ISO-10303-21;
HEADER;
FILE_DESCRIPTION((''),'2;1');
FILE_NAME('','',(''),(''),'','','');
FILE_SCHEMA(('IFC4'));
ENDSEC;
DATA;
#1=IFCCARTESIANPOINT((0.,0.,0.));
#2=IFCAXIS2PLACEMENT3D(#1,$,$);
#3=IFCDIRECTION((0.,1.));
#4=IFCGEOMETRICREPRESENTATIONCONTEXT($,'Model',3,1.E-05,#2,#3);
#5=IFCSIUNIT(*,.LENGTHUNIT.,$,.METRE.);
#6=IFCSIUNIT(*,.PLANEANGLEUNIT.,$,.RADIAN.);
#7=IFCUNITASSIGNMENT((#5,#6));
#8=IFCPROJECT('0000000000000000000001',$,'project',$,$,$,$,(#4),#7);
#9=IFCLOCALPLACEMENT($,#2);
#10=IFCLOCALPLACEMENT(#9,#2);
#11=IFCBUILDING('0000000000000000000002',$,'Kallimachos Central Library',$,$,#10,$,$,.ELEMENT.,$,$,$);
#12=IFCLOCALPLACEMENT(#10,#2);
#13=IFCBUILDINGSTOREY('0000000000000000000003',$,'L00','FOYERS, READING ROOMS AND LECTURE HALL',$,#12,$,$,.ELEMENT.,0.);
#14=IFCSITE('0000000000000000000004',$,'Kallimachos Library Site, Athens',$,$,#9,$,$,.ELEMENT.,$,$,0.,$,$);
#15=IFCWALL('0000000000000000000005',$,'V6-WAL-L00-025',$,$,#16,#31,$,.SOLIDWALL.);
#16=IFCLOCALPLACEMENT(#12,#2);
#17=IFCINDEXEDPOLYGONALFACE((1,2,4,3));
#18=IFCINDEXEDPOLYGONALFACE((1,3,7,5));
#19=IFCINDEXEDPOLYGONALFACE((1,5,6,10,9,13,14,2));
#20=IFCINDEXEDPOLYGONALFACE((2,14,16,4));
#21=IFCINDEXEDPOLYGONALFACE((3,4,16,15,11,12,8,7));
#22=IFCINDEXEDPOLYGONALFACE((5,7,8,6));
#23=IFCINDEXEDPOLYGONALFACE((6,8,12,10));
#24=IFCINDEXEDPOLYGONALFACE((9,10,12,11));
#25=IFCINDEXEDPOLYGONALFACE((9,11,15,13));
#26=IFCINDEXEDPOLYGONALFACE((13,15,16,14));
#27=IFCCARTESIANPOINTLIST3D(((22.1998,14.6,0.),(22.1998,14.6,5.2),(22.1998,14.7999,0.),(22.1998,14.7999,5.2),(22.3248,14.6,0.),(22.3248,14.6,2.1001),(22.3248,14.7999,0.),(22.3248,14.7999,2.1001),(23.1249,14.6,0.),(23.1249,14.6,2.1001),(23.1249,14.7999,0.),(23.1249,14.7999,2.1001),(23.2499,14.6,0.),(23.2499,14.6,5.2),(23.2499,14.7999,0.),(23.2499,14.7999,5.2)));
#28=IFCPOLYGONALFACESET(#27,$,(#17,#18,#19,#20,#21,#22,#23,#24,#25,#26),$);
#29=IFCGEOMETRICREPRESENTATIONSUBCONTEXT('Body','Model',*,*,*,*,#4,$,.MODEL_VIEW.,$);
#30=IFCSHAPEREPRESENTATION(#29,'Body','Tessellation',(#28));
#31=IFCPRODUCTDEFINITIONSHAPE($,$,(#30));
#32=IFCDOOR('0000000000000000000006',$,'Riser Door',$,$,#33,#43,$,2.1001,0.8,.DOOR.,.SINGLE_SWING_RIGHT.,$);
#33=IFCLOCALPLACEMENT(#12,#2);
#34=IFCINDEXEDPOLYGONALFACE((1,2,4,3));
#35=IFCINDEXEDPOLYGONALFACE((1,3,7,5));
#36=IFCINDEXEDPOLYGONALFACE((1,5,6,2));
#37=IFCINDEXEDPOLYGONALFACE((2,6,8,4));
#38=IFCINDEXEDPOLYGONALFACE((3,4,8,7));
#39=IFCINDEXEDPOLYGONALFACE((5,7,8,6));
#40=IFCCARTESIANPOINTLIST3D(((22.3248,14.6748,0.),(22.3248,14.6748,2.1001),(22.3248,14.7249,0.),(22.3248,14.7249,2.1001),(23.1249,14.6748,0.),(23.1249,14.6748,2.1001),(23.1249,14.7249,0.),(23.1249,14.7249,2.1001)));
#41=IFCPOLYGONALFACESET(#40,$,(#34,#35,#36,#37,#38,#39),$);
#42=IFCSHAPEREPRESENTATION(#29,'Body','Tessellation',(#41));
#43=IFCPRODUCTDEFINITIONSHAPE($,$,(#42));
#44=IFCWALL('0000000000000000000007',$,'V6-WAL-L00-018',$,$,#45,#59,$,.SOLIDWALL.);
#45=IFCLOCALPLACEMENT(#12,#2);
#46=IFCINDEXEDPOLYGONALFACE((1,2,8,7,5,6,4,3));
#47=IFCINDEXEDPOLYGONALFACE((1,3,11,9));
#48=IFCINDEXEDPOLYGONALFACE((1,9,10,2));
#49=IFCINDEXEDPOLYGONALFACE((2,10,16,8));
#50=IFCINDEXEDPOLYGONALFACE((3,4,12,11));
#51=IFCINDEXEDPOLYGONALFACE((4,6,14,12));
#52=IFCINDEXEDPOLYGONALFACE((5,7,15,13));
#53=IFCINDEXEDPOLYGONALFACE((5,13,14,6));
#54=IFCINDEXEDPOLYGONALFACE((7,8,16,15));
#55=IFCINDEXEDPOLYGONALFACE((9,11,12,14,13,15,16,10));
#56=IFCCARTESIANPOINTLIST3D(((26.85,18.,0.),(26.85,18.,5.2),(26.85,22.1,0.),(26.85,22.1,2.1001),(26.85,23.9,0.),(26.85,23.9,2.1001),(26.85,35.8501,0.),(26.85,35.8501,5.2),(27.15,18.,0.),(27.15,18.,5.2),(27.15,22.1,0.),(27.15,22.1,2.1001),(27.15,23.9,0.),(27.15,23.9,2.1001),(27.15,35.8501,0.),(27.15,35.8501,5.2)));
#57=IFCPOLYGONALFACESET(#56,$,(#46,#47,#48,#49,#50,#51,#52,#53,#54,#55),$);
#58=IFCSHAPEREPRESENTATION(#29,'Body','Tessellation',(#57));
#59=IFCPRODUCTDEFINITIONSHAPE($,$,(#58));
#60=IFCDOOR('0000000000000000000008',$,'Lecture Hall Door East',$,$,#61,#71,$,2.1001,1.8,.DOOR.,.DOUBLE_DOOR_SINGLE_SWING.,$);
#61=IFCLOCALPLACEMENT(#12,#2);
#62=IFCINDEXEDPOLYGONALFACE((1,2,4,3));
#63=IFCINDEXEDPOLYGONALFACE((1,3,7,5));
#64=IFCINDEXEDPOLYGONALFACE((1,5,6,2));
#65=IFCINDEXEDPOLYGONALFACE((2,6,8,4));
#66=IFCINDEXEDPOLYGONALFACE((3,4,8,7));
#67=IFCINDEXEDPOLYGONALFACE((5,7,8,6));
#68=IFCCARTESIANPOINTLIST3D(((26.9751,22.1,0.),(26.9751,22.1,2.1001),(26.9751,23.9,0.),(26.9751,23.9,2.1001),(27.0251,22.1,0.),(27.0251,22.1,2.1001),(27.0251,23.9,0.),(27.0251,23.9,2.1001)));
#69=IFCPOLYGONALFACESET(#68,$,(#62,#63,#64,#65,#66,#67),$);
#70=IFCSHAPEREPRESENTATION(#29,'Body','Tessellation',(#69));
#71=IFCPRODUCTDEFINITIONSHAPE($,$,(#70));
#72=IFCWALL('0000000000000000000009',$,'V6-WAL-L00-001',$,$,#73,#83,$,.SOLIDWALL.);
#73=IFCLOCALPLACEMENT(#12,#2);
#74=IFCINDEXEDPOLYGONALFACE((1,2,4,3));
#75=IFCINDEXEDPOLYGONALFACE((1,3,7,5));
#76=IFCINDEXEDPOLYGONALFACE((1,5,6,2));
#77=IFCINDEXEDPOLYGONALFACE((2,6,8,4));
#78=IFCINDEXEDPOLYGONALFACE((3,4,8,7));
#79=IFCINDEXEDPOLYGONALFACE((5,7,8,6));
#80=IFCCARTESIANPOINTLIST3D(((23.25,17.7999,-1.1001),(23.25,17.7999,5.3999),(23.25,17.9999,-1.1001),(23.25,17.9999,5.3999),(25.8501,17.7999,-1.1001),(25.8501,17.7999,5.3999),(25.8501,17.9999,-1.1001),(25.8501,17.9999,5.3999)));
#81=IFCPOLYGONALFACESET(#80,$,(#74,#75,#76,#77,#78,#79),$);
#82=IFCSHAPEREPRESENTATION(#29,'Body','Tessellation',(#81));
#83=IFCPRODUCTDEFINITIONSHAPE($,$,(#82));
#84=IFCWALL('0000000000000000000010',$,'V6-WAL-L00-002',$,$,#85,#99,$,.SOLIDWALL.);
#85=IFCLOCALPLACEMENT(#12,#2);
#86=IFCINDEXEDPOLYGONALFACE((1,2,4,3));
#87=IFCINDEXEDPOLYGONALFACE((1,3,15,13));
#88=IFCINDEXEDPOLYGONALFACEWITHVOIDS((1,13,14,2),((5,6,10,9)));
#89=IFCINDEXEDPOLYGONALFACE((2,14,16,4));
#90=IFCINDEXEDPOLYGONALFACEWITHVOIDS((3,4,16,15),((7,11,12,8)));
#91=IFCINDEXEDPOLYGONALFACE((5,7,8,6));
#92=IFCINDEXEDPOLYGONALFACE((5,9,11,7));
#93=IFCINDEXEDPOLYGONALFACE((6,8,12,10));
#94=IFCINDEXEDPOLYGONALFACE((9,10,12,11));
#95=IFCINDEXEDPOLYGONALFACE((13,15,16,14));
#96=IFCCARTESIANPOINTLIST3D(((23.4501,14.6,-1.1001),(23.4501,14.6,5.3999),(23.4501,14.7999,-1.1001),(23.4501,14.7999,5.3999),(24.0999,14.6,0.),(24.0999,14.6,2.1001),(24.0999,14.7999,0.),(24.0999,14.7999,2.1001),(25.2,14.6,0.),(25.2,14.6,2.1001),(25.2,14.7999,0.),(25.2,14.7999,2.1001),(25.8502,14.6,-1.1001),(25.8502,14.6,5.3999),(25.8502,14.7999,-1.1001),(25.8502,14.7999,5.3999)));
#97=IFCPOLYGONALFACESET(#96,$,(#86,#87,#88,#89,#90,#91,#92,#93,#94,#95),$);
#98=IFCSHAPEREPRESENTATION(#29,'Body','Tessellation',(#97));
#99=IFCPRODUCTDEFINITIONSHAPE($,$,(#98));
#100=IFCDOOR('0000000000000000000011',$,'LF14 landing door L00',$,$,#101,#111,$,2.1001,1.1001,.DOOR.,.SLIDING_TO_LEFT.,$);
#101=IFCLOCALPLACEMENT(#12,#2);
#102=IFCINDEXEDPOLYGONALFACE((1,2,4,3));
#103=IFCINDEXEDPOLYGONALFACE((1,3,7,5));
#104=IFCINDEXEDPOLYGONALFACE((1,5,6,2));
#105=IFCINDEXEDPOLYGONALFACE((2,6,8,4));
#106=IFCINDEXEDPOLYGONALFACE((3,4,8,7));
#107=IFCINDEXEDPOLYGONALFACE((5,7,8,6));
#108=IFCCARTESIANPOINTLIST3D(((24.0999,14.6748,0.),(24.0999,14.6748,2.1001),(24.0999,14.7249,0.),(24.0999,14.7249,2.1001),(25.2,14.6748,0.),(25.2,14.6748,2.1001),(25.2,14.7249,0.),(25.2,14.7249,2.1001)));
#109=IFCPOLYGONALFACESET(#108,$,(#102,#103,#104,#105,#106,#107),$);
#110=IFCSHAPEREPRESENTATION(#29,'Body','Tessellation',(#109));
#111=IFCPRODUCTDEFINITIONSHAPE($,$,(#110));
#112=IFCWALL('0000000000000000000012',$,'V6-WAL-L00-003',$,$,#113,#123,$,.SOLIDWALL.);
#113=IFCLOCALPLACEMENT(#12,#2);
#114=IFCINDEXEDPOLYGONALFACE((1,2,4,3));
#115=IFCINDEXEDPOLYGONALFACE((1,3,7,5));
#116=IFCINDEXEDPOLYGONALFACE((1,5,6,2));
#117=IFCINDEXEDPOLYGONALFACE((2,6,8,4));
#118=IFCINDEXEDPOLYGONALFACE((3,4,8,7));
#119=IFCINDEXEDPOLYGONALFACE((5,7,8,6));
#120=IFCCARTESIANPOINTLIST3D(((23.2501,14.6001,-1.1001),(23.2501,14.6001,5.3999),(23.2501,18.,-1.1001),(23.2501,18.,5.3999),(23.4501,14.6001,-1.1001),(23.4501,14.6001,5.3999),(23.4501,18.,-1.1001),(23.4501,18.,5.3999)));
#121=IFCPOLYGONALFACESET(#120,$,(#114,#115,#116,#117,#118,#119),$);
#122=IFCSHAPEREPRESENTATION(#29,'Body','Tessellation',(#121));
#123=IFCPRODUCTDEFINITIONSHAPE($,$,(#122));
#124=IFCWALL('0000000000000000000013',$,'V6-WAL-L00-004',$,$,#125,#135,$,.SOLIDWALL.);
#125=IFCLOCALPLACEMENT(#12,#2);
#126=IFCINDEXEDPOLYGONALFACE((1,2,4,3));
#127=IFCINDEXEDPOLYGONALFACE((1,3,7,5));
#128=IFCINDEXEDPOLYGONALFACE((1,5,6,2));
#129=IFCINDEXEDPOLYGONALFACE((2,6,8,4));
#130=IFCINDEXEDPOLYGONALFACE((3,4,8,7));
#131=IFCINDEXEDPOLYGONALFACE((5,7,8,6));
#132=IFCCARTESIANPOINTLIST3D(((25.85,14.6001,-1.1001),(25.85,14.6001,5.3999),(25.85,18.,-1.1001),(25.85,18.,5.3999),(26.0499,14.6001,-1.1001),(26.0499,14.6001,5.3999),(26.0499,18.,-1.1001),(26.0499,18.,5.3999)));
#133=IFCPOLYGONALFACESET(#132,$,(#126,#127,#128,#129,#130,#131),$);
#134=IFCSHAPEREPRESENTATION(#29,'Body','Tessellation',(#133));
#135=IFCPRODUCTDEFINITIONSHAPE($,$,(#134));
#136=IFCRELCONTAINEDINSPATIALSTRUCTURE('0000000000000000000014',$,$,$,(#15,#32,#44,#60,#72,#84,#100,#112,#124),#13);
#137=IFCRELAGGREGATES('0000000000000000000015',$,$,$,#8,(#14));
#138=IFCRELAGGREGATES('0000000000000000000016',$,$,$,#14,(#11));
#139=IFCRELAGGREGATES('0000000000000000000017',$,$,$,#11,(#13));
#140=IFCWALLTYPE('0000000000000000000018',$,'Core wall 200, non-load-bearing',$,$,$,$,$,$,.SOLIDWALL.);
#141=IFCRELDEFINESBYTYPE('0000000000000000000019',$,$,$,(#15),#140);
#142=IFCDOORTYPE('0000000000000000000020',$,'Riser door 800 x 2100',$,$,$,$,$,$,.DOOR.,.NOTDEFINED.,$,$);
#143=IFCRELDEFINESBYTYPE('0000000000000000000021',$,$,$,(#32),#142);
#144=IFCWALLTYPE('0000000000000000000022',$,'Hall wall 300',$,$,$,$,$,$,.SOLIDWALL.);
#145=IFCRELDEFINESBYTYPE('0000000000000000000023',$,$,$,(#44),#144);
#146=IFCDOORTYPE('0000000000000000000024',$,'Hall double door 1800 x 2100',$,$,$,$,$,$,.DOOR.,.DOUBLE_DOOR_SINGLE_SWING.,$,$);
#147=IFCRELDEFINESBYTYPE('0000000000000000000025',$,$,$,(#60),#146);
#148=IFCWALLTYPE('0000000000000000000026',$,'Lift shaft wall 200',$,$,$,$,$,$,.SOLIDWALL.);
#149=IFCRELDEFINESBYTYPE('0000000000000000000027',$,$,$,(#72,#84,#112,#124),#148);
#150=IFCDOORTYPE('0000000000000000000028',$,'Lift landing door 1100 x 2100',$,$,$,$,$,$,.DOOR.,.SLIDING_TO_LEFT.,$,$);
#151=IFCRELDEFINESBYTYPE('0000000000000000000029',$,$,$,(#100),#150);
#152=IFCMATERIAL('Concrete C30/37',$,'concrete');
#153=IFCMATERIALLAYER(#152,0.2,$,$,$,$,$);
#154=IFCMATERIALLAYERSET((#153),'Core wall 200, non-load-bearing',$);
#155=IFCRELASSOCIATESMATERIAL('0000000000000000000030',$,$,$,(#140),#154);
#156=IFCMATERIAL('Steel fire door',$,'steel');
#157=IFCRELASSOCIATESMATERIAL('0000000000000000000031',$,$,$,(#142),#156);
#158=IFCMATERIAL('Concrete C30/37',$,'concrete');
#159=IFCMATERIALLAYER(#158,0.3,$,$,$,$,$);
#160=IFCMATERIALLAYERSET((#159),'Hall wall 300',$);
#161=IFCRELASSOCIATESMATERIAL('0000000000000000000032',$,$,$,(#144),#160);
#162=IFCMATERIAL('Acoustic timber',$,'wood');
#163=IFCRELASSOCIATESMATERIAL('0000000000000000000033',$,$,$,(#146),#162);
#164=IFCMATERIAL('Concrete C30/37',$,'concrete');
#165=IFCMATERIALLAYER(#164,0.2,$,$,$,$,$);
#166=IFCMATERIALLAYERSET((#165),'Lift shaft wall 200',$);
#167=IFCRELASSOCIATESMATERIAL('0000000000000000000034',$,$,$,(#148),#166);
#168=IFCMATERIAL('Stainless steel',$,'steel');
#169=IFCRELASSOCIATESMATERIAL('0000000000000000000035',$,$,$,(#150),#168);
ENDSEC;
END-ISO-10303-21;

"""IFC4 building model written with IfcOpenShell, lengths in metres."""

from ifc_helpers import new_model, si_unit, direction, frame, frame_2d, origin, place, context, subcontext, project, spatial, rectangle, extrude, material, layer, layer_set, type_object, element, fill, save


model = new_model("IFC4")

# Units and contexts
model_context = context("Model", 3, precision=1e-05, world=origin(), true_north=direction((0.0, 1.0)))
body_context = subcontext(model_context, "Body", "Model", "MODEL_VIEW")
ifc_project = project(units=[si_unit("LENGTHUNIT", "METRE"), si_unit("PLANEANGLEUNIT", "RADIAN")], contexts=[model_context])

# Site, building, storey
site_placement = place(None, origin())
site = spatial("IfcSite", under=ifc_project, at=site_placement, Name="Kallimachos Library Site, Athens", CompositionType="ELEMENT", RefElevation=0.0)
building_placement = place(site_placement, origin())
building = spatial("IfcBuilding", under=site, at=building_placement, Name="Kallimachos Central Library", CompositionType="ELEMENT")
storey_placement = place(building_placement, origin())
storey = spatial("IfcBuildingStorey", under=building, at=storey_placement, Name="L00", Description="FOYERS, READING ROOMS AND LECTURE HALL", CompositionType="ELEMENT", Elevation=0.0)

# Walls, openings, doors
ifc_material_1 = material(Name="Concrete C30/37", Category="concrete")
ifc_layer_1 = layer(ifc_material_1, 0.2)
ifc_layer_set_1 = layer_set([ifc_layer_1], Name="Core wall 200, non-load-bearing")
wall_type_1 = type_object("IfcWallType", Name="Core wall 200, non-load-bearing", PredefinedType="SOLIDWALL", material=ifc_layer_set_1)
wall_1_placement = place(storey_placement, frame((22.2, 14.7, 0.0), z_axis=(0.0, 0.0, 1.0), x_axis=(1.0, 0.0, 0.0)))
wall_1 = element("IfcWall", 1, at=wall_1_placement, inside=storey, type_object=wall_type_1, Name="V6-WAL-L00-025", PredefinedType="SOLIDWALL", context=body_context, shape_type="SweptSolid", body=[
    extrude(rectangle(XDim=1.05, YDim=0.2, at=frame_2d((0.5249, 0.0))), origin(), (0.0, 0.0, 1.0), 5.2),
])
opening_1_placement = place(wall_1_placement, frame((0.125, 0.0, 0.0)))
opening_1 = element("IfcOpeningElement", 2, at=opening_1_placement, cuts=wall_1, PredefinedType="OPENING", context=body_context, shape_type="SweptSolid", body=[
    extrude(rectangle(XDim=0.8, YDim=2.1001, at=frame_2d((0.3999, 1.05))), frame((0.0, 0.1099, 0.0), z_axis=(0.0, -1.0, 0.0), x_axis=(1.0, 0.0, 0.0)), (0.0, 0.0, 1.0), 0.22),
])
ifc_material_2 = material(Name="Steel fire door", Category="steel")
door_type_1 = type_object("IfcDoorType", Name="Riser door 800 x 2100", OperationType="NOTDEFINED", PredefinedType="DOOR", material=ifc_material_2)
door_1_placement = place(opening_1_placement, origin())
door_1 = element("IfcDoor", 3, at=door_1_placement, inside=storey, type_object=door_type_1, Name="Riser Door", OperationType="SINGLE_SWING_RIGHT", OverallHeight=2.1001, OverallWidth=0.8, PredefinedType="DOOR", context=body_context, shape_type="SweptSolid", body=[
    extrude(rectangle(XDim=0.8, YDim=2.1001, at=frame_2d((0.3999, 1.05))), frame((0.0, 0.0249, 0.0), z_axis=(0.0, -1.0, 0.0), x_axis=(1.0, 0.0, 0.0)), (0.0, 0.0, 1.0), 0.05),
])
fill(opening_1, door_1)
ifc_material_3 = material(Name="Concrete C30/37", Category="concrete")
ifc_layer_2 = layer(ifc_material_3, 0.3)
ifc_layer_set_2 = layer_set([ifc_layer_2], Name="Hall wall 300")
wall_type_2 = type_object("IfcWallType", Name="Hall wall 300", PredefinedType="SOLIDWALL", material=ifc_layer_set_2)
wall_2_placement = place(storey_placement, frame((27.0, 18.0, 0.0), z_axis=(0.0, 0.0, 1.0), x_axis=(0.0, 1.0, 0.0)))
wall_2 = element("IfcWall", 4, at=wall_2_placement, inside=storey, type_object=wall_type_2, Name="V6-WAL-L00-018", PredefinedType="SOLIDWALL", context=body_context, shape_type="SweptSolid", body=[
    extrude(rectangle(XDim=17.8501, YDim=0.3, at=frame_2d((8.925, 0.0))), origin(), (0.0, 0.0, 1.0), 5.2),
])
opening_2_placement = place(wall_2_placement, frame((4.1001, 0.0, 0.0)))
opening_2 = element("IfcOpeningElement", 5, at=opening_2_placement, cuts=wall_2, PredefinedType="OPENING", context=body_context, shape_type="SweptSolid", body=[
    extrude(rectangle(XDim=1.8, YDim=2.1001, at=frame_2d((0.8999, 1.05))), frame((0.0, 0.1599, 0.0), z_axis=(0.0, -1.0, 0.0), x_axis=(1.0, 0.0, 0.0)), (0.0, 0.0, 1.0), 0.3201),
])
ifc_material_4 = material(Name="Acoustic timber", Category="wood")
door_type_2 = type_object("IfcDoorType", Name="Hall double door 1800 x 2100", OperationType="DOUBLE_DOOR_SINGLE_SWING", PredefinedType="DOOR", material=ifc_material_4)
door_2_placement = place(opening_2_placement, origin())
door_2 = element("IfcDoor", 6, at=door_2_placement, inside=storey, type_object=door_type_2, Name="Lecture Hall Door East", OperationType="DOUBLE_DOOR_SINGLE_SWING", OverallHeight=2.1001, OverallWidth=1.8, PredefinedType="DOOR", context=body_context, shape_type="SweptSolid", body=[
    extrude(rectangle(XDim=1.8, YDim=2.1001, at=frame_2d((0.8999, 1.05))), frame((0.0, 0.0249, 0.0), z_axis=(0.0, -1.0, 0.0), x_axis=(1.0, 0.0, 0.0)), (0.0, 0.0, 1.0), 0.05),
])
fill(opening_2, door_2)

# Wall
ifc_material_5 = material(Name="Concrete C30/37", Category="concrete")
ifc_layer_3 = layer(ifc_material_5, 0.2)
ifc_layer_set_3 = layer_set([ifc_layer_3], Name="Lift shaft wall 200")
wall_type_3 = type_object("IfcWallType", Name="Lift shaft wall 200", PredefinedType="SOLIDWALL", material=ifc_layer_set_3)
wall_3_placement = place(storey_placement, frame((23.25, 17.8999, -1.1001), z_axis=(0.0, 0.0, 1.0), x_axis=(1.0, 0.0, 0.0)))
element("IfcWall", 7, at=wall_3_placement, inside=storey, type_object=wall_type_3, Name="V6-WAL-L00-001", PredefinedType="SOLIDWALL", context=body_context, shape_type="SweptSolid", body=[
    extrude(rectangle(XDim=2.6001, YDim=0.2, at=frame_2d((1.3, 0.0))), origin(), (0.0, 0.0, 1.0), 6.5),
])

# Wall, opening, door
wall_4_placement = place(storey_placement, frame((23.45, 14.7, -1.1001), z_axis=(0.0, 0.0, 1.0), x_axis=(1.0, 0.0, 0.0)))
wall_4 = element("IfcWall", 8, at=wall_4_placement, inside=storey, type_object=wall_type_3, Name="V6-WAL-L00-002", PredefinedType="SOLIDWALL", context=body_context, shape_type="SweptSolid", body=[
    extrude(rectangle(XDim=2.4001, YDim=0.2, at=frame_2d((1.2002, 0.0))), origin(), (0.0, 0.0, 1.0), 6.5),
])
opening_3_placement = place(wall_4_placement, frame((0.6499, 0.0, 1.1001)))
opening_3 = element("IfcOpeningElement", 9, at=opening_3_placement, cuts=wall_4, PredefinedType="OPENING", context=body_context, shape_type="SweptSolid", body=[
    extrude(rectangle(XDim=1.1001, YDim=2.1001, at=frame_2d((0.55, 1.05))), frame((0.0, 0.1099, 0.0), z_axis=(0.0, -1.0, 0.0), x_axis=(1.0, 0.0, 0.0)), (0.0, 0.0, 1.0), 0.22),
])
ifc_material_6 = material(Name="Stainless steel", Category="steel")
door_type_3 = type_object("IfcDoorType", Name="Lift landing door 1100 x 2100", OperationType="SLIDING_TO_LEFT", PredefinedType="DOOR", material=ifc_material_6)
door_3_placement = place(opening_3_placement, origin())
door_3 = element("IfcDoor", 10, at=door_3_placement, inside=storey, type_object=door_type_3, Name="LF14 landing door L00", OperationType="SLIDING_TO_LEFT", OverallHeight=2.1001, OverallWidth=1.1001, PredefinedType="DOOR", context=body_context, shape_type="SweptSolid", body=[
    extrude(rectangle(XDim=1.1001, YDim=2.1001, at=frame_2d((0.55, 1.05))), frame((0.0, 0.0249, 0.0), z_axis=(0.0, -1.0, 0.0), x_axis=(1.0, 0.0, 0.0)), (0.0, 0.0, 1.0), 0.05),
])
fill(opening_3, door_3)

# Walls
for number, where, z_axis, x_axis, name in (
    (11, (23.3501, 14.6001, -1.1001), (0.0, 0.0, 1.0), (0.0, 1.0, 0.0), "V6-WAL-L00-003"),
    (12, (25.95, 14.6001, -1.1001), (0.0, 0.0, 1.0), (0.0, 1.0, 0.0), "V6-WAL-L00-004"),
):
    element("IfcWall", number, at=place(storey_placement, frame(where, z_axis=z_axis, x_axis=x_axis)), inside=storey, type_object=wall_type_3, Name=name, PredefinedType="SOLIDWALL", context=body_context, shape_type="SweptSolid", body=[
        extrude(rectangle(XDim=3.3999, YDim=0.2, at=frame_2d((1.7, 0.0))), origin(), (0.0, 0.0, 1.0), 6.5),
    ])

save(model, "model.ifc")
